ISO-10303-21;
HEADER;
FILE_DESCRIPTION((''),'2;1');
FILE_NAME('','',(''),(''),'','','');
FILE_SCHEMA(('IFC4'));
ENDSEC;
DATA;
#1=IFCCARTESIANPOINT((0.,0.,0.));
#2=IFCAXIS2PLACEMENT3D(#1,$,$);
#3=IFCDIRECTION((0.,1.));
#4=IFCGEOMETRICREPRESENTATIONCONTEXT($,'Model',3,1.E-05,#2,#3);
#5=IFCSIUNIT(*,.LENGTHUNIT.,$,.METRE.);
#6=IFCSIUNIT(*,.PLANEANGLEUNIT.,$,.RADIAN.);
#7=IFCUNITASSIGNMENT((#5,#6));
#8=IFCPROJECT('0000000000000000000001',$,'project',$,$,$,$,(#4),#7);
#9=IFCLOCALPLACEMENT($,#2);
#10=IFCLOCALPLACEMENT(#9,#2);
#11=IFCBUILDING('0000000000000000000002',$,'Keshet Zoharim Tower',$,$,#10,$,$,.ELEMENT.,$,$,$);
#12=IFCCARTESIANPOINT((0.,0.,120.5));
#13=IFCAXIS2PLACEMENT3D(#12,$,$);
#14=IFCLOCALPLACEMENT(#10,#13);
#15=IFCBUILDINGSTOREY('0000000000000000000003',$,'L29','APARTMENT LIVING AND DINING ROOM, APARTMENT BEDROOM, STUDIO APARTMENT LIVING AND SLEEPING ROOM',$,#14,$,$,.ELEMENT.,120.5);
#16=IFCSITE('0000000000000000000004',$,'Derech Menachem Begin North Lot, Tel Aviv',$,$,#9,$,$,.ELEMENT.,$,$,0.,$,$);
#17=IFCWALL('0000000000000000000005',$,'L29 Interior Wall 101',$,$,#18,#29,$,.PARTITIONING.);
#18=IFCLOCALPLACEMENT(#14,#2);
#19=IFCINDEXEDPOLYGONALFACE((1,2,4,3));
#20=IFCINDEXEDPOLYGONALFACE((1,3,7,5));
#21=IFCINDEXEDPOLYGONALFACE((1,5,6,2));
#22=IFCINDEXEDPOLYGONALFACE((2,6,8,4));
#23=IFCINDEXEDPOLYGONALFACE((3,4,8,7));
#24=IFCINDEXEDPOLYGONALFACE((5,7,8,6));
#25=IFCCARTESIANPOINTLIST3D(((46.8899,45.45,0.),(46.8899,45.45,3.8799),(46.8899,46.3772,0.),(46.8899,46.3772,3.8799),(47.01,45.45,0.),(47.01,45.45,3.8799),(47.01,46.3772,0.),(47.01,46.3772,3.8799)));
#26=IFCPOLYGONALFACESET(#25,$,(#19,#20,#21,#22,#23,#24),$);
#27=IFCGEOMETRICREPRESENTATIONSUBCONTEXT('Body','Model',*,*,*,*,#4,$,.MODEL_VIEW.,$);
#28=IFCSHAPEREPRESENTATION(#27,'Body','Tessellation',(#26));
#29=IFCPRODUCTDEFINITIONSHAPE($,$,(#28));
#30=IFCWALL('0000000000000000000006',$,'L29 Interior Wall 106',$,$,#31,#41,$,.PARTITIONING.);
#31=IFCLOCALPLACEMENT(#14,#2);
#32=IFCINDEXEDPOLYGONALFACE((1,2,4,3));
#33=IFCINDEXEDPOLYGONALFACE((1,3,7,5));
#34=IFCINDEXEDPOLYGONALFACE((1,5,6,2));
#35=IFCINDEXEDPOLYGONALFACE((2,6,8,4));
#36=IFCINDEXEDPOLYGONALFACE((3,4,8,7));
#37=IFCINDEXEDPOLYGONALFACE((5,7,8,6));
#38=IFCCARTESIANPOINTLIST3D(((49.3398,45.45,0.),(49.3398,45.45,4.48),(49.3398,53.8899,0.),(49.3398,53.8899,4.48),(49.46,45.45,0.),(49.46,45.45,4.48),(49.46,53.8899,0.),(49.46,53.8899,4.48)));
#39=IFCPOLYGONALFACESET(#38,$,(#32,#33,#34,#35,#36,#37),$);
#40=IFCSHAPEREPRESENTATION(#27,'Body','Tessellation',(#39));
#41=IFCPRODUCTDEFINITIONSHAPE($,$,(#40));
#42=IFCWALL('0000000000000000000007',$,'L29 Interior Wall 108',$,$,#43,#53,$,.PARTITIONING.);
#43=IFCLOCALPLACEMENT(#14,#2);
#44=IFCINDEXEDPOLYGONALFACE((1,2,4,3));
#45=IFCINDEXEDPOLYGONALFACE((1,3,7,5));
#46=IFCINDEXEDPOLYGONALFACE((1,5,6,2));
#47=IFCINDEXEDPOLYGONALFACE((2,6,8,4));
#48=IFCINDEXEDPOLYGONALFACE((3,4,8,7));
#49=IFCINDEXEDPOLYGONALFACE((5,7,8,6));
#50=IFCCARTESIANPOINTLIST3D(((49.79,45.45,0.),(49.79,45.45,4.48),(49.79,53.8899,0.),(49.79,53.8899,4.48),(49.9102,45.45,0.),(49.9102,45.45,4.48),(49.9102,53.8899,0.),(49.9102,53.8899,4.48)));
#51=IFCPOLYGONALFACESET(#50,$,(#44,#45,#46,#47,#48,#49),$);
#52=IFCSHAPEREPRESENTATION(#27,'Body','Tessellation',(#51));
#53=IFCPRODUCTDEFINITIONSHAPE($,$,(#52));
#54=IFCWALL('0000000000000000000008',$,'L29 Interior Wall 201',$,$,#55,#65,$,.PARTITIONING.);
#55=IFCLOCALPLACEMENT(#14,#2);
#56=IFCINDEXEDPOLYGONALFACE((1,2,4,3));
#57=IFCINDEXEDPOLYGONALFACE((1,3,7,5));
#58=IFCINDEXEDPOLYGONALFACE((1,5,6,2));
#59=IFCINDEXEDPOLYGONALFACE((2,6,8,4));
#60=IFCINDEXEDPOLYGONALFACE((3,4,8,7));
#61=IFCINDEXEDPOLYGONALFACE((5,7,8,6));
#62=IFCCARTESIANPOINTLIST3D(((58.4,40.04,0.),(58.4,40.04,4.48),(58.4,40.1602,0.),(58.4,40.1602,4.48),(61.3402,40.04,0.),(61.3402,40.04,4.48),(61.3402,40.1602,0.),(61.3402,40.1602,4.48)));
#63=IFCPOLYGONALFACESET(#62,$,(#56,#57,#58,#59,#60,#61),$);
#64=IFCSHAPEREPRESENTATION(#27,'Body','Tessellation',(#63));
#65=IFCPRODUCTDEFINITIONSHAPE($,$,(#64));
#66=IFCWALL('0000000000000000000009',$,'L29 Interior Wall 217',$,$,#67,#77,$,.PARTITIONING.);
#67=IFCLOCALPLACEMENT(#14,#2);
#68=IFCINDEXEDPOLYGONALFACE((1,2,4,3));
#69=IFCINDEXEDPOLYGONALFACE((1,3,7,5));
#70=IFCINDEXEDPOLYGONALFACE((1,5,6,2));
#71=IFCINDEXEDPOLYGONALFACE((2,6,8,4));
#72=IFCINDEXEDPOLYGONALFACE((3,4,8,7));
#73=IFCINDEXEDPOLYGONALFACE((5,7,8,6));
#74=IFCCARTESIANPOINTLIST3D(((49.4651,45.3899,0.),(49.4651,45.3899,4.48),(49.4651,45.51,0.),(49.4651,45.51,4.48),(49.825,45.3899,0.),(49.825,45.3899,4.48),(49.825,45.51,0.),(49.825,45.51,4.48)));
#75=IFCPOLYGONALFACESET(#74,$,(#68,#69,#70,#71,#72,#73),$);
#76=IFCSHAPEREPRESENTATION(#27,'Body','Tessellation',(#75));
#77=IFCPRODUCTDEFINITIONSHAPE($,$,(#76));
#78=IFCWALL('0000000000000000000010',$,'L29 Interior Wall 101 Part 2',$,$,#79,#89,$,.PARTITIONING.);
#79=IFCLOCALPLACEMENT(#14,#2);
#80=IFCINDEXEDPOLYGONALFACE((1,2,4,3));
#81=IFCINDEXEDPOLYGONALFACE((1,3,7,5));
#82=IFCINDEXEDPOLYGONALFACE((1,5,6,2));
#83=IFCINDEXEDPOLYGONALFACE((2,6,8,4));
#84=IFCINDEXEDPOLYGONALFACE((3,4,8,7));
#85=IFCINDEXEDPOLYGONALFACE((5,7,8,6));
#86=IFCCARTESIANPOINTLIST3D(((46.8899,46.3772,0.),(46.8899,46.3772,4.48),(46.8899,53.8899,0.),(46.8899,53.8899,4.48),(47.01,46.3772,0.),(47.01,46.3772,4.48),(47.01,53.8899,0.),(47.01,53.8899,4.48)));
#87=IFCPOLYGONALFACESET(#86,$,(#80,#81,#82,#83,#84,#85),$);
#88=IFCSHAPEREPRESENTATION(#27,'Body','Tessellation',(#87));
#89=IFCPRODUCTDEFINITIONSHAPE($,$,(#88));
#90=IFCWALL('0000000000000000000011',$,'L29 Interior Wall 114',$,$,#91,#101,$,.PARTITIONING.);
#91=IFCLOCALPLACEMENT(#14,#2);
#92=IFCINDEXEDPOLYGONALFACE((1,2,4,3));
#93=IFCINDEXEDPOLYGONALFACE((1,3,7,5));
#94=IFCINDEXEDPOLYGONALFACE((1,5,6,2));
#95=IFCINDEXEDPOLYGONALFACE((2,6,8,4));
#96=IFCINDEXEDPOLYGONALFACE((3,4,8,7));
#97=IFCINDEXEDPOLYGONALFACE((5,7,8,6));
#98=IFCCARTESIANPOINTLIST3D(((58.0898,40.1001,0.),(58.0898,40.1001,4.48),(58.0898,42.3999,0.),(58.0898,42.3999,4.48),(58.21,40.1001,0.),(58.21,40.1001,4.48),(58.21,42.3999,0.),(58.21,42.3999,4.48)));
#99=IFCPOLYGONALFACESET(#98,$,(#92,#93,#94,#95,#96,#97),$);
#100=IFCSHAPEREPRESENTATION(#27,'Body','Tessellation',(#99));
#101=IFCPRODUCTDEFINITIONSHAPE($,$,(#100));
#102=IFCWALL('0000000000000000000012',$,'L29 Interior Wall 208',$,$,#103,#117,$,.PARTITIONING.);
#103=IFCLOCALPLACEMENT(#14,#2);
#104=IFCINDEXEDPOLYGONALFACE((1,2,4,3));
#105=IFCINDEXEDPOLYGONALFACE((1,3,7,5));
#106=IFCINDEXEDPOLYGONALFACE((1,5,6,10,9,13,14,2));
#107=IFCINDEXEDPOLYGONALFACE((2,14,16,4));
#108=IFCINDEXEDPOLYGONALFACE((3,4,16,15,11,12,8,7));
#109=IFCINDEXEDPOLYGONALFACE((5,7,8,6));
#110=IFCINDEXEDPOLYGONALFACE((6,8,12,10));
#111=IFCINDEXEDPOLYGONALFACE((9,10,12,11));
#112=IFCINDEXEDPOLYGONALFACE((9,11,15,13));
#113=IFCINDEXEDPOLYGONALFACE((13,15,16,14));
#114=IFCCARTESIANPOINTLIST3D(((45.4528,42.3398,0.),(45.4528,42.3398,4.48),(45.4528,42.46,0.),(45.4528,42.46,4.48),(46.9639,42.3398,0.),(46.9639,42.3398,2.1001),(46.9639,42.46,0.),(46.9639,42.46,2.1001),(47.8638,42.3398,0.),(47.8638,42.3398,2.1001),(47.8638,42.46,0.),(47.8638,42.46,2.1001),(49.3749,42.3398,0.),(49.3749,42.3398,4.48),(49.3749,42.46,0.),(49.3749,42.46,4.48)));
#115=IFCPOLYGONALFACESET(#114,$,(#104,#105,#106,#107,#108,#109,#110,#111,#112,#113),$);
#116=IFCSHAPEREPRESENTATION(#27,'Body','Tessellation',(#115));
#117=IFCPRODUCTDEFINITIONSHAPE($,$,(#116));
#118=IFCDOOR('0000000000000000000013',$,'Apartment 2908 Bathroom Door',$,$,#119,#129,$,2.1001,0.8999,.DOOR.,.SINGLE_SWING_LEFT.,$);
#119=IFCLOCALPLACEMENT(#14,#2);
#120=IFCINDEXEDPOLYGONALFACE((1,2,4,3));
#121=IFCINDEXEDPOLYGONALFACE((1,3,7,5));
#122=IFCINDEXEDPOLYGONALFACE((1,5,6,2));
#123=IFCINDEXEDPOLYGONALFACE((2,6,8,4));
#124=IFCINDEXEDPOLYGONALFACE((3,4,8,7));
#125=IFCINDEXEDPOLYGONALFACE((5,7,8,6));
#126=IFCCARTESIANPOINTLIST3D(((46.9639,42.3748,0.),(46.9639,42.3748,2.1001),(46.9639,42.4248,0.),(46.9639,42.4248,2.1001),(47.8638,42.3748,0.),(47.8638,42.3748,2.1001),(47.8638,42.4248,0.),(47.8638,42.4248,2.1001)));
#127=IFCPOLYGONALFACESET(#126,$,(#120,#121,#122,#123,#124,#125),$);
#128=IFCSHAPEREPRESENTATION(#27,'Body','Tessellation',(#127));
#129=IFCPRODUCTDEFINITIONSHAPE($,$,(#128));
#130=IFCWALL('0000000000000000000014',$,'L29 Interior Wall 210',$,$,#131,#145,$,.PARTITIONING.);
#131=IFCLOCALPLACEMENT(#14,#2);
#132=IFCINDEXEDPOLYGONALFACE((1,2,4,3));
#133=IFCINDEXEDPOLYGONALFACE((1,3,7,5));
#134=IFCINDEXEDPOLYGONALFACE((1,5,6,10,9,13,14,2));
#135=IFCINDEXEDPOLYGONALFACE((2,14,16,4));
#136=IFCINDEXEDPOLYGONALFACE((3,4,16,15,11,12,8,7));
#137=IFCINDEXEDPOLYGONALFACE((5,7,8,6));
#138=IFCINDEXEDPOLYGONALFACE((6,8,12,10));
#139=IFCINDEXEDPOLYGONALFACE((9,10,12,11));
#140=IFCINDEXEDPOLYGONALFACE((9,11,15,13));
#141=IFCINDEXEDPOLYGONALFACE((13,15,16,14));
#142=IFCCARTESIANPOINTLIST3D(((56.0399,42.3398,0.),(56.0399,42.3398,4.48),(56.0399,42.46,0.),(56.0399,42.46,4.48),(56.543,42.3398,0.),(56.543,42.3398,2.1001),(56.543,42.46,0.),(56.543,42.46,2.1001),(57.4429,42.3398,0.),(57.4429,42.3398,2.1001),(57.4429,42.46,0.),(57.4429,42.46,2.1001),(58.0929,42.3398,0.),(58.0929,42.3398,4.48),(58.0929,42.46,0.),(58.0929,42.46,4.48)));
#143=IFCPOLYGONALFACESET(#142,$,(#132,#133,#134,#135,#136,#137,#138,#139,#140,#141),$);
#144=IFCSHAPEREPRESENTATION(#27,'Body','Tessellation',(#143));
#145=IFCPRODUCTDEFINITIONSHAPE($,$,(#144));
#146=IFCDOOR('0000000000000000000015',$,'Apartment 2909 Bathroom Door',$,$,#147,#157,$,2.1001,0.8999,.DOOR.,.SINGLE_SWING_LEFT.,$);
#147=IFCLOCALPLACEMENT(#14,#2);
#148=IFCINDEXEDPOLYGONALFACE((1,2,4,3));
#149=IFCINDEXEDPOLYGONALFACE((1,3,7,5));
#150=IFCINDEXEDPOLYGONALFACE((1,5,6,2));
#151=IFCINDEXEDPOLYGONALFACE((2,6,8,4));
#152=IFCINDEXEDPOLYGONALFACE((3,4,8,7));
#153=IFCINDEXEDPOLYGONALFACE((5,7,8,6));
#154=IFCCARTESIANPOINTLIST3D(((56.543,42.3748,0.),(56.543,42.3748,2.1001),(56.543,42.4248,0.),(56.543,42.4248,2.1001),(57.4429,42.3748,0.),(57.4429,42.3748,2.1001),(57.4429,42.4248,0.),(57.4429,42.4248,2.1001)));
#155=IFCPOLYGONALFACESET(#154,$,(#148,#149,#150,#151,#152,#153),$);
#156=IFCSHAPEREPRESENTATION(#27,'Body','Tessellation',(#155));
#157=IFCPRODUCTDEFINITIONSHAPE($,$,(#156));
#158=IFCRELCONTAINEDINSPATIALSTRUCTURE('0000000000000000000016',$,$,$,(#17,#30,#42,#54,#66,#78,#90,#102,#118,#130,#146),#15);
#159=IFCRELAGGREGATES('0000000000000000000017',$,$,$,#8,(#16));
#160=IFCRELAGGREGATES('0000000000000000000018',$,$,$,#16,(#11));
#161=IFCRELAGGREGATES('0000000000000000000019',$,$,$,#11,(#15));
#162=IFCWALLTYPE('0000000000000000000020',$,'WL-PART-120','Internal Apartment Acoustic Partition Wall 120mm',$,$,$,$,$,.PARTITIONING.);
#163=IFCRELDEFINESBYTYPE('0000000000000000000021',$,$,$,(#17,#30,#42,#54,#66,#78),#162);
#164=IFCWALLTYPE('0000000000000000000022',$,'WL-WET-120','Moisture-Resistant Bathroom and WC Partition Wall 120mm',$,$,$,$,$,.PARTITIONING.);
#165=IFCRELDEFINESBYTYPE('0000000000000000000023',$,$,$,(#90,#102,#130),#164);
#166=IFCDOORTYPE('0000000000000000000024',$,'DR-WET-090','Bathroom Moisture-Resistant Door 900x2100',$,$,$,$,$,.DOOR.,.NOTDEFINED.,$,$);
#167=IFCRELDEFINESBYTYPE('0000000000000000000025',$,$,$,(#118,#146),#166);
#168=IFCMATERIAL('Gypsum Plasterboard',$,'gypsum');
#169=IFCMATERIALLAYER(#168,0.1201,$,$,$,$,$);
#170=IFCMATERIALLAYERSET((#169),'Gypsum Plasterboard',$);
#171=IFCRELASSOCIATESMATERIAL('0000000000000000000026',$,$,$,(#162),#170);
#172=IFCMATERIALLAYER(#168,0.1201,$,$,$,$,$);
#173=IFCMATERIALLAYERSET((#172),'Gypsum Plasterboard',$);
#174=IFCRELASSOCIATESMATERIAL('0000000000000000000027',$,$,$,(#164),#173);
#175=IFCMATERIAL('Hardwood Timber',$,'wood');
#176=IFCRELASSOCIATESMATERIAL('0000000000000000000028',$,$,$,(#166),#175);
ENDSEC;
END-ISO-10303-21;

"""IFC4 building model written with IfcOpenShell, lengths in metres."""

from ifc_helpers import new_model, si_unit, direction, frame, frame_2d, origin, place, context, subcontext, project, spatial, rectangle, extrude, material, layer, layer_set, type_object, element, fill, save


model = new_model("IFC4")

# Units and contexts
model_context = context("Model", 3, precision=1e-05, world=origin(), true_north=direction((0.0, 1.0)))
body_context = subcontext(model_context, "Body", "Model", "MODEL_VIEW")
ifc_project = project(units=[si_unit("LENGTHUNIT", "METRE"), si_unit("PLANEANGLEUNIT", "RADIAN")], contexts=[model_context])

# Site, building, storey
site_placement = place(None, origin())
site = spatial("IfcSite", under=ifc_project, at=site_placement, Name="Derech Menachem Begin North Lot, Tel Aviv", CompositionType="ELEMENT", RefElevation=0.0)
building_placement = place(site_placement, origin())
building = spatial("IfcBuilding", under=site, at=building_placement, Name="Keshet Zoharim Tower", CompositionType="ELEMENT")
storey_placement = place(building_placement, frame((0.0, 0.0, 120.5)))
storey = spatial("IfcBuildingStorey", under=building, at=storey_placement, Name="L29", Description="APARTMENT LIVING AND DINING ROOM, APARTMENT BEDROOM, STUDIO APARTMENT LIVING AND SLEEPING ROOM", CompositionType="ELEMENT", Elevation=120.5)

# Walls
ifc_material_1 = material(Name="Gypsum Plasterboard", Category="gypsum")
ifc_layer_1 = layer(ifc_material_1, 0.1201)
ifc_layer_set_1 = layer_set([ifc_layer_1], Name="Gypsum Plasterboard")
wall_type_1 = type_object("IfcWallType", Name="WL-PART-120", Description="Internal Apartment Acoustic Partition Wall 120mm", PredefinedType="PARTITIONING", material=ifc_layer_set_1)
wall_1_placement = place(storey_placement, frame((46.95, 45.45, 0.0), z_axis=(0.0, 0.0, 1.0), x_axis=(0.0, 1.0, 0.0)))
element("IfcWall", 1, at=wall_1_placement, inside=storey, type_object=wall_type_1, Name="L29 Interior Wall 101", PredefinedType="PARTITIONING", context=body_context, shape_type="SweptSolid", body=[
    extrude(rectangle(XDim=0.9272, YDim=0.1201, at=frame_2d((0.4636, 0.0))), origin(), (0.0, 0.0, 1.0), 3.8799),
])
for number, where, z_axis, x_axis, name in (
    (2, (49.3999, 45.45, 0.0), (0.0, 0.0, 1.0), (0.0, 1.0, 0.0), "L29 Interior Wall 106"),
    (3, (49.8501, 45.45, 0.0), (0.0, 0.0, 1.0), (0.0, 1.0, 0.0), "L29 Interior Wall 108"),
):
    element("IfcWall", number, at=place(storey_placement, frame(where, z_axis=z_axis, x_axis=x_axis)), inside=storey, type_object=wall_type_1, Name=name, PredefinedType="PARTITIONING", context=body_context, shape_type="SweptSolid", body=[
        extrude(rectangle(XDim=8.4399, YDim=0.1201, at=frame_2d((4.22, 0.0))), origin(), (0.0, 0.0, 1.0), 4.48),
    ])
wall_2_placement = place(storey_placement, frame((58.3999, 40.1001, 0.0), z_axis=(0.0, 0.0, 1.0), x_axis=(1.0, 0.0, 0.0)))
element("IfcWall", 4, at=wall_2_placement, inside=storey, type_object=wall_type_1, Name="L29 Interior Wall 201", PredefinedType="PARTITIONING", context=body_context, shape_type="SweptSolid", body=[
    extrude(rectangle(XDim=2.9402, YDim=0.1201, at=frame_2d((1.4702, 0.0))), origin(), (0.0, 0.0, 1.0), 4.48),
])

# Shared definitions
ifc_material_2 = material(Name="Hardwood Timber", Category="wood")

# Walls
wall_3_placement = place(storey_placement, frame((49.4651, 45.45, 0.0), z_axis=(0.0, 0.0, 1.0), x_axis=(1.0, 0.0, 0.0)))
element("IfcWall", 5, at=wall_3_placement, inside=storey, type_object=wall_type_1, Name="L29 Interior Wall 217", PredefinedType="PARTITIONING", context=body_context, shape_type="SweptSolid", body=[
    extrude(rectangle(XDim=0.3599, YDim=0.1201, at=frame_2d((0.1799, 0.0))), origin(), (0.0, 0.0, 1.0), 4.48),
])
wall_4_placement = place(storey_placement, frame((46.95, 46.3772, 0.0), z_axis=(0.0, 0.0, 1.0), x_axis=(0.0, 1.0, 0.0)))
element("IfcWall", 6, at=wall_4_placement, inside=storey, type_object=wall_type_1, Name="L29 Interior Wall 101 Part 2", PredefinedType="PARTITIONING", context=body_context, shape_type="SweptSolid", body=[
    extrude(rectangle(XDim=7.5127, YDim=0.1201, at=frame_2d((3.7563, 0.0))), origin(), (0.0, 0.0, 1.0), 4.48),
])
ifc_layer_2 = layer(ifc_material_1, 0.1201)
ifc_layer_set_2 = layer_set([ifc_layer_2], Name="Gypsum Plasterboard")
wall_type_2 = type_object("IfcWallType", Name="WL-WET-120", Description="Moisture-Resistant Bathroom and WC Partition Wall 120mm", PredefinedType="PARTITIONING", material=ifc_layer_set_2)
wall_5_placement = place(storey_placement, frame((58.1499, 40.1001, 0.0), z_axis=(0.0, 0.0, 1.0), x_axis=(0.0, 1.0, 0.0)))
element("IfcWall", 7, at=wall_5_placement, inside=storey, type_object=wall_type_2, Name="L29 Interior Wall 114", PredefinedType="PARTITIONING", context=body_context, shape_type="SweptSolid", body=[
    extrude(rectangle(XDim=2.2998, YDim=0.1201, at=frame_2d((1.1499, 0.0))), origin(), (0.0, 0.0, 1.0), 4.48),
])

# Walls, openings, doors
wall_6_placement = place(storey_placement, frame((45.4529, 42.3999, 0.0), z_axis=(0.0, 0.0, 1.0), x_axis=(1.0, 0.0, 0.0)))
wall_6 = element("IfcWall", 8, at=wall_6_placement, inside=storey, type_object=wall_type_2, Name="L29 Interior Wall 208", PredefinedType="PARTITIONING", context=body_context, shape_type="SweptSolid", body=[
    extrude(rectangle(XDim=3.9221, YDim=0.1201, at=frame_2d((1.9609, 0.0))), origin(), (0.0, 0.0, 1.0), 4.48),
])
opening_1_placement = place(wall_6_placement, frame((1.511, 0.0, 0.0)))
opening_1 = element("IfcOpeningElement", 9, at=opening_1_placement, cuts=wall_6, PredefinedType="OPENING", context=body_context, shape_type="SweptSolid", body=[
    extrude(rectangle(XDim=0.8999, YDim=2.1001, at=frame_2d((0.45, 1.05))), frame((0.0, 0.0701, 0.0), z_axis=(0.0, -1.0, 0.0), x_axis=(1.0, 0.0, 0.0)), (0.0, 0.0, 1.0), 0.1401),
])
door_type_1 = type_object("IfcDoorType", Name="DR-WET-090", Description="Bathroom Moisture-Resistant Door 900x2100", OperationType="NOTDEFINED", PredefinedType="DOOR", material=ifc_material_2)
door_1_placement = place(opening_1_placement, origin())
door_1 = element("IfcDoor", 10, at=door_1_placement, inside=storey, type_object=door_type_1, Name="Apartment 2908 Bathroom Door", OperationType="SINGLE_SWING_LEFT", OverallHeight=2.1001, OverallWidth=0.8999, PredefinedType="DOOR", context=body_context, shape_type="SweptSolid", body=[
    extrude(rectangle(XDim=0.8999, YDim=2.1001, at=frame_2d((0.45, 1.05))), frame((0.0, 0.0249, 0.0), z_axis=(0.0, -1.0, 0.0), x_axis=(1.0, 0.0, 0.0)), (0.0, 0.0, 1.0), 0.05),
])
fill(opening_1, door_1)
wall_7_placement = place(storey_placement, frame((56.04, 42.3999, 0.0), z_axis=(0.0, 0.0, 1.0), x_axis=(1.0, 0.0, 0.0)))
wall_7 = element("IfcWall", 11, at=wall_7_placement, inside=storey, type_object=wall_type_2, Name="L29 Interior Wall 210", PredefinedType="PARTITIONING", context=body_context, shape_type="SweptSolid", body=[
    extrude(rectangle(XDim=2.053, YDim=0.1201, at=frame_2d((1.0264, 0.0))), origin(), (0.0, 0.0, 1.0), 4.48),
])
opening_2_placement = place(wall_7_placement, frame((0.5029, 0.0, 0.0)))
opening_2 = element("IfcOpeningElement", 12, at=opening_2_placement, cuts=wall_7, PredefinedType="OPENING", context=body_context, shape_type="SweptSolid", body=[
    extrude(rectangle(XDim=0.8999, YDim=2.1001, at=frame_2d((0.45, 1.05))), frame((0.0, 0.0701, 0.0), z_axis=(0.0, -1.0, 0.0), x_axis=(1.0, 0.0, 0.0)), (0.0, 0.0, 1.0), 0.1401),
])
door_2_placement = place(opening_2_placement, origin())
door_2 = element("IfcDoor", 13, at=door_2_placement, inside=storey, type_object=door_type_1, Name="Apartment 2909 Bathroom Door", OperationType="SINGLE_SWING_LEFT", OverallHeight=2.1001, OverallWidth=0.8999, PredefinedType="DOOR", context=body_context, shape_type="SweptSolid", body=[
    extrude(rectangle(XDim=0.8999, YDim=2.1001, at=frame_2d((0.45, 1.05))), frame((0.0, 0.0249, 0.0), z_axis=(0.0, -1.0, 0.0), x_axis=(1.0, 0.0, 0.0)), (0.0, 0.0, 1.0), 0.05),
])
fill(opening_2, door_2)

save(model, "model.ifc")
